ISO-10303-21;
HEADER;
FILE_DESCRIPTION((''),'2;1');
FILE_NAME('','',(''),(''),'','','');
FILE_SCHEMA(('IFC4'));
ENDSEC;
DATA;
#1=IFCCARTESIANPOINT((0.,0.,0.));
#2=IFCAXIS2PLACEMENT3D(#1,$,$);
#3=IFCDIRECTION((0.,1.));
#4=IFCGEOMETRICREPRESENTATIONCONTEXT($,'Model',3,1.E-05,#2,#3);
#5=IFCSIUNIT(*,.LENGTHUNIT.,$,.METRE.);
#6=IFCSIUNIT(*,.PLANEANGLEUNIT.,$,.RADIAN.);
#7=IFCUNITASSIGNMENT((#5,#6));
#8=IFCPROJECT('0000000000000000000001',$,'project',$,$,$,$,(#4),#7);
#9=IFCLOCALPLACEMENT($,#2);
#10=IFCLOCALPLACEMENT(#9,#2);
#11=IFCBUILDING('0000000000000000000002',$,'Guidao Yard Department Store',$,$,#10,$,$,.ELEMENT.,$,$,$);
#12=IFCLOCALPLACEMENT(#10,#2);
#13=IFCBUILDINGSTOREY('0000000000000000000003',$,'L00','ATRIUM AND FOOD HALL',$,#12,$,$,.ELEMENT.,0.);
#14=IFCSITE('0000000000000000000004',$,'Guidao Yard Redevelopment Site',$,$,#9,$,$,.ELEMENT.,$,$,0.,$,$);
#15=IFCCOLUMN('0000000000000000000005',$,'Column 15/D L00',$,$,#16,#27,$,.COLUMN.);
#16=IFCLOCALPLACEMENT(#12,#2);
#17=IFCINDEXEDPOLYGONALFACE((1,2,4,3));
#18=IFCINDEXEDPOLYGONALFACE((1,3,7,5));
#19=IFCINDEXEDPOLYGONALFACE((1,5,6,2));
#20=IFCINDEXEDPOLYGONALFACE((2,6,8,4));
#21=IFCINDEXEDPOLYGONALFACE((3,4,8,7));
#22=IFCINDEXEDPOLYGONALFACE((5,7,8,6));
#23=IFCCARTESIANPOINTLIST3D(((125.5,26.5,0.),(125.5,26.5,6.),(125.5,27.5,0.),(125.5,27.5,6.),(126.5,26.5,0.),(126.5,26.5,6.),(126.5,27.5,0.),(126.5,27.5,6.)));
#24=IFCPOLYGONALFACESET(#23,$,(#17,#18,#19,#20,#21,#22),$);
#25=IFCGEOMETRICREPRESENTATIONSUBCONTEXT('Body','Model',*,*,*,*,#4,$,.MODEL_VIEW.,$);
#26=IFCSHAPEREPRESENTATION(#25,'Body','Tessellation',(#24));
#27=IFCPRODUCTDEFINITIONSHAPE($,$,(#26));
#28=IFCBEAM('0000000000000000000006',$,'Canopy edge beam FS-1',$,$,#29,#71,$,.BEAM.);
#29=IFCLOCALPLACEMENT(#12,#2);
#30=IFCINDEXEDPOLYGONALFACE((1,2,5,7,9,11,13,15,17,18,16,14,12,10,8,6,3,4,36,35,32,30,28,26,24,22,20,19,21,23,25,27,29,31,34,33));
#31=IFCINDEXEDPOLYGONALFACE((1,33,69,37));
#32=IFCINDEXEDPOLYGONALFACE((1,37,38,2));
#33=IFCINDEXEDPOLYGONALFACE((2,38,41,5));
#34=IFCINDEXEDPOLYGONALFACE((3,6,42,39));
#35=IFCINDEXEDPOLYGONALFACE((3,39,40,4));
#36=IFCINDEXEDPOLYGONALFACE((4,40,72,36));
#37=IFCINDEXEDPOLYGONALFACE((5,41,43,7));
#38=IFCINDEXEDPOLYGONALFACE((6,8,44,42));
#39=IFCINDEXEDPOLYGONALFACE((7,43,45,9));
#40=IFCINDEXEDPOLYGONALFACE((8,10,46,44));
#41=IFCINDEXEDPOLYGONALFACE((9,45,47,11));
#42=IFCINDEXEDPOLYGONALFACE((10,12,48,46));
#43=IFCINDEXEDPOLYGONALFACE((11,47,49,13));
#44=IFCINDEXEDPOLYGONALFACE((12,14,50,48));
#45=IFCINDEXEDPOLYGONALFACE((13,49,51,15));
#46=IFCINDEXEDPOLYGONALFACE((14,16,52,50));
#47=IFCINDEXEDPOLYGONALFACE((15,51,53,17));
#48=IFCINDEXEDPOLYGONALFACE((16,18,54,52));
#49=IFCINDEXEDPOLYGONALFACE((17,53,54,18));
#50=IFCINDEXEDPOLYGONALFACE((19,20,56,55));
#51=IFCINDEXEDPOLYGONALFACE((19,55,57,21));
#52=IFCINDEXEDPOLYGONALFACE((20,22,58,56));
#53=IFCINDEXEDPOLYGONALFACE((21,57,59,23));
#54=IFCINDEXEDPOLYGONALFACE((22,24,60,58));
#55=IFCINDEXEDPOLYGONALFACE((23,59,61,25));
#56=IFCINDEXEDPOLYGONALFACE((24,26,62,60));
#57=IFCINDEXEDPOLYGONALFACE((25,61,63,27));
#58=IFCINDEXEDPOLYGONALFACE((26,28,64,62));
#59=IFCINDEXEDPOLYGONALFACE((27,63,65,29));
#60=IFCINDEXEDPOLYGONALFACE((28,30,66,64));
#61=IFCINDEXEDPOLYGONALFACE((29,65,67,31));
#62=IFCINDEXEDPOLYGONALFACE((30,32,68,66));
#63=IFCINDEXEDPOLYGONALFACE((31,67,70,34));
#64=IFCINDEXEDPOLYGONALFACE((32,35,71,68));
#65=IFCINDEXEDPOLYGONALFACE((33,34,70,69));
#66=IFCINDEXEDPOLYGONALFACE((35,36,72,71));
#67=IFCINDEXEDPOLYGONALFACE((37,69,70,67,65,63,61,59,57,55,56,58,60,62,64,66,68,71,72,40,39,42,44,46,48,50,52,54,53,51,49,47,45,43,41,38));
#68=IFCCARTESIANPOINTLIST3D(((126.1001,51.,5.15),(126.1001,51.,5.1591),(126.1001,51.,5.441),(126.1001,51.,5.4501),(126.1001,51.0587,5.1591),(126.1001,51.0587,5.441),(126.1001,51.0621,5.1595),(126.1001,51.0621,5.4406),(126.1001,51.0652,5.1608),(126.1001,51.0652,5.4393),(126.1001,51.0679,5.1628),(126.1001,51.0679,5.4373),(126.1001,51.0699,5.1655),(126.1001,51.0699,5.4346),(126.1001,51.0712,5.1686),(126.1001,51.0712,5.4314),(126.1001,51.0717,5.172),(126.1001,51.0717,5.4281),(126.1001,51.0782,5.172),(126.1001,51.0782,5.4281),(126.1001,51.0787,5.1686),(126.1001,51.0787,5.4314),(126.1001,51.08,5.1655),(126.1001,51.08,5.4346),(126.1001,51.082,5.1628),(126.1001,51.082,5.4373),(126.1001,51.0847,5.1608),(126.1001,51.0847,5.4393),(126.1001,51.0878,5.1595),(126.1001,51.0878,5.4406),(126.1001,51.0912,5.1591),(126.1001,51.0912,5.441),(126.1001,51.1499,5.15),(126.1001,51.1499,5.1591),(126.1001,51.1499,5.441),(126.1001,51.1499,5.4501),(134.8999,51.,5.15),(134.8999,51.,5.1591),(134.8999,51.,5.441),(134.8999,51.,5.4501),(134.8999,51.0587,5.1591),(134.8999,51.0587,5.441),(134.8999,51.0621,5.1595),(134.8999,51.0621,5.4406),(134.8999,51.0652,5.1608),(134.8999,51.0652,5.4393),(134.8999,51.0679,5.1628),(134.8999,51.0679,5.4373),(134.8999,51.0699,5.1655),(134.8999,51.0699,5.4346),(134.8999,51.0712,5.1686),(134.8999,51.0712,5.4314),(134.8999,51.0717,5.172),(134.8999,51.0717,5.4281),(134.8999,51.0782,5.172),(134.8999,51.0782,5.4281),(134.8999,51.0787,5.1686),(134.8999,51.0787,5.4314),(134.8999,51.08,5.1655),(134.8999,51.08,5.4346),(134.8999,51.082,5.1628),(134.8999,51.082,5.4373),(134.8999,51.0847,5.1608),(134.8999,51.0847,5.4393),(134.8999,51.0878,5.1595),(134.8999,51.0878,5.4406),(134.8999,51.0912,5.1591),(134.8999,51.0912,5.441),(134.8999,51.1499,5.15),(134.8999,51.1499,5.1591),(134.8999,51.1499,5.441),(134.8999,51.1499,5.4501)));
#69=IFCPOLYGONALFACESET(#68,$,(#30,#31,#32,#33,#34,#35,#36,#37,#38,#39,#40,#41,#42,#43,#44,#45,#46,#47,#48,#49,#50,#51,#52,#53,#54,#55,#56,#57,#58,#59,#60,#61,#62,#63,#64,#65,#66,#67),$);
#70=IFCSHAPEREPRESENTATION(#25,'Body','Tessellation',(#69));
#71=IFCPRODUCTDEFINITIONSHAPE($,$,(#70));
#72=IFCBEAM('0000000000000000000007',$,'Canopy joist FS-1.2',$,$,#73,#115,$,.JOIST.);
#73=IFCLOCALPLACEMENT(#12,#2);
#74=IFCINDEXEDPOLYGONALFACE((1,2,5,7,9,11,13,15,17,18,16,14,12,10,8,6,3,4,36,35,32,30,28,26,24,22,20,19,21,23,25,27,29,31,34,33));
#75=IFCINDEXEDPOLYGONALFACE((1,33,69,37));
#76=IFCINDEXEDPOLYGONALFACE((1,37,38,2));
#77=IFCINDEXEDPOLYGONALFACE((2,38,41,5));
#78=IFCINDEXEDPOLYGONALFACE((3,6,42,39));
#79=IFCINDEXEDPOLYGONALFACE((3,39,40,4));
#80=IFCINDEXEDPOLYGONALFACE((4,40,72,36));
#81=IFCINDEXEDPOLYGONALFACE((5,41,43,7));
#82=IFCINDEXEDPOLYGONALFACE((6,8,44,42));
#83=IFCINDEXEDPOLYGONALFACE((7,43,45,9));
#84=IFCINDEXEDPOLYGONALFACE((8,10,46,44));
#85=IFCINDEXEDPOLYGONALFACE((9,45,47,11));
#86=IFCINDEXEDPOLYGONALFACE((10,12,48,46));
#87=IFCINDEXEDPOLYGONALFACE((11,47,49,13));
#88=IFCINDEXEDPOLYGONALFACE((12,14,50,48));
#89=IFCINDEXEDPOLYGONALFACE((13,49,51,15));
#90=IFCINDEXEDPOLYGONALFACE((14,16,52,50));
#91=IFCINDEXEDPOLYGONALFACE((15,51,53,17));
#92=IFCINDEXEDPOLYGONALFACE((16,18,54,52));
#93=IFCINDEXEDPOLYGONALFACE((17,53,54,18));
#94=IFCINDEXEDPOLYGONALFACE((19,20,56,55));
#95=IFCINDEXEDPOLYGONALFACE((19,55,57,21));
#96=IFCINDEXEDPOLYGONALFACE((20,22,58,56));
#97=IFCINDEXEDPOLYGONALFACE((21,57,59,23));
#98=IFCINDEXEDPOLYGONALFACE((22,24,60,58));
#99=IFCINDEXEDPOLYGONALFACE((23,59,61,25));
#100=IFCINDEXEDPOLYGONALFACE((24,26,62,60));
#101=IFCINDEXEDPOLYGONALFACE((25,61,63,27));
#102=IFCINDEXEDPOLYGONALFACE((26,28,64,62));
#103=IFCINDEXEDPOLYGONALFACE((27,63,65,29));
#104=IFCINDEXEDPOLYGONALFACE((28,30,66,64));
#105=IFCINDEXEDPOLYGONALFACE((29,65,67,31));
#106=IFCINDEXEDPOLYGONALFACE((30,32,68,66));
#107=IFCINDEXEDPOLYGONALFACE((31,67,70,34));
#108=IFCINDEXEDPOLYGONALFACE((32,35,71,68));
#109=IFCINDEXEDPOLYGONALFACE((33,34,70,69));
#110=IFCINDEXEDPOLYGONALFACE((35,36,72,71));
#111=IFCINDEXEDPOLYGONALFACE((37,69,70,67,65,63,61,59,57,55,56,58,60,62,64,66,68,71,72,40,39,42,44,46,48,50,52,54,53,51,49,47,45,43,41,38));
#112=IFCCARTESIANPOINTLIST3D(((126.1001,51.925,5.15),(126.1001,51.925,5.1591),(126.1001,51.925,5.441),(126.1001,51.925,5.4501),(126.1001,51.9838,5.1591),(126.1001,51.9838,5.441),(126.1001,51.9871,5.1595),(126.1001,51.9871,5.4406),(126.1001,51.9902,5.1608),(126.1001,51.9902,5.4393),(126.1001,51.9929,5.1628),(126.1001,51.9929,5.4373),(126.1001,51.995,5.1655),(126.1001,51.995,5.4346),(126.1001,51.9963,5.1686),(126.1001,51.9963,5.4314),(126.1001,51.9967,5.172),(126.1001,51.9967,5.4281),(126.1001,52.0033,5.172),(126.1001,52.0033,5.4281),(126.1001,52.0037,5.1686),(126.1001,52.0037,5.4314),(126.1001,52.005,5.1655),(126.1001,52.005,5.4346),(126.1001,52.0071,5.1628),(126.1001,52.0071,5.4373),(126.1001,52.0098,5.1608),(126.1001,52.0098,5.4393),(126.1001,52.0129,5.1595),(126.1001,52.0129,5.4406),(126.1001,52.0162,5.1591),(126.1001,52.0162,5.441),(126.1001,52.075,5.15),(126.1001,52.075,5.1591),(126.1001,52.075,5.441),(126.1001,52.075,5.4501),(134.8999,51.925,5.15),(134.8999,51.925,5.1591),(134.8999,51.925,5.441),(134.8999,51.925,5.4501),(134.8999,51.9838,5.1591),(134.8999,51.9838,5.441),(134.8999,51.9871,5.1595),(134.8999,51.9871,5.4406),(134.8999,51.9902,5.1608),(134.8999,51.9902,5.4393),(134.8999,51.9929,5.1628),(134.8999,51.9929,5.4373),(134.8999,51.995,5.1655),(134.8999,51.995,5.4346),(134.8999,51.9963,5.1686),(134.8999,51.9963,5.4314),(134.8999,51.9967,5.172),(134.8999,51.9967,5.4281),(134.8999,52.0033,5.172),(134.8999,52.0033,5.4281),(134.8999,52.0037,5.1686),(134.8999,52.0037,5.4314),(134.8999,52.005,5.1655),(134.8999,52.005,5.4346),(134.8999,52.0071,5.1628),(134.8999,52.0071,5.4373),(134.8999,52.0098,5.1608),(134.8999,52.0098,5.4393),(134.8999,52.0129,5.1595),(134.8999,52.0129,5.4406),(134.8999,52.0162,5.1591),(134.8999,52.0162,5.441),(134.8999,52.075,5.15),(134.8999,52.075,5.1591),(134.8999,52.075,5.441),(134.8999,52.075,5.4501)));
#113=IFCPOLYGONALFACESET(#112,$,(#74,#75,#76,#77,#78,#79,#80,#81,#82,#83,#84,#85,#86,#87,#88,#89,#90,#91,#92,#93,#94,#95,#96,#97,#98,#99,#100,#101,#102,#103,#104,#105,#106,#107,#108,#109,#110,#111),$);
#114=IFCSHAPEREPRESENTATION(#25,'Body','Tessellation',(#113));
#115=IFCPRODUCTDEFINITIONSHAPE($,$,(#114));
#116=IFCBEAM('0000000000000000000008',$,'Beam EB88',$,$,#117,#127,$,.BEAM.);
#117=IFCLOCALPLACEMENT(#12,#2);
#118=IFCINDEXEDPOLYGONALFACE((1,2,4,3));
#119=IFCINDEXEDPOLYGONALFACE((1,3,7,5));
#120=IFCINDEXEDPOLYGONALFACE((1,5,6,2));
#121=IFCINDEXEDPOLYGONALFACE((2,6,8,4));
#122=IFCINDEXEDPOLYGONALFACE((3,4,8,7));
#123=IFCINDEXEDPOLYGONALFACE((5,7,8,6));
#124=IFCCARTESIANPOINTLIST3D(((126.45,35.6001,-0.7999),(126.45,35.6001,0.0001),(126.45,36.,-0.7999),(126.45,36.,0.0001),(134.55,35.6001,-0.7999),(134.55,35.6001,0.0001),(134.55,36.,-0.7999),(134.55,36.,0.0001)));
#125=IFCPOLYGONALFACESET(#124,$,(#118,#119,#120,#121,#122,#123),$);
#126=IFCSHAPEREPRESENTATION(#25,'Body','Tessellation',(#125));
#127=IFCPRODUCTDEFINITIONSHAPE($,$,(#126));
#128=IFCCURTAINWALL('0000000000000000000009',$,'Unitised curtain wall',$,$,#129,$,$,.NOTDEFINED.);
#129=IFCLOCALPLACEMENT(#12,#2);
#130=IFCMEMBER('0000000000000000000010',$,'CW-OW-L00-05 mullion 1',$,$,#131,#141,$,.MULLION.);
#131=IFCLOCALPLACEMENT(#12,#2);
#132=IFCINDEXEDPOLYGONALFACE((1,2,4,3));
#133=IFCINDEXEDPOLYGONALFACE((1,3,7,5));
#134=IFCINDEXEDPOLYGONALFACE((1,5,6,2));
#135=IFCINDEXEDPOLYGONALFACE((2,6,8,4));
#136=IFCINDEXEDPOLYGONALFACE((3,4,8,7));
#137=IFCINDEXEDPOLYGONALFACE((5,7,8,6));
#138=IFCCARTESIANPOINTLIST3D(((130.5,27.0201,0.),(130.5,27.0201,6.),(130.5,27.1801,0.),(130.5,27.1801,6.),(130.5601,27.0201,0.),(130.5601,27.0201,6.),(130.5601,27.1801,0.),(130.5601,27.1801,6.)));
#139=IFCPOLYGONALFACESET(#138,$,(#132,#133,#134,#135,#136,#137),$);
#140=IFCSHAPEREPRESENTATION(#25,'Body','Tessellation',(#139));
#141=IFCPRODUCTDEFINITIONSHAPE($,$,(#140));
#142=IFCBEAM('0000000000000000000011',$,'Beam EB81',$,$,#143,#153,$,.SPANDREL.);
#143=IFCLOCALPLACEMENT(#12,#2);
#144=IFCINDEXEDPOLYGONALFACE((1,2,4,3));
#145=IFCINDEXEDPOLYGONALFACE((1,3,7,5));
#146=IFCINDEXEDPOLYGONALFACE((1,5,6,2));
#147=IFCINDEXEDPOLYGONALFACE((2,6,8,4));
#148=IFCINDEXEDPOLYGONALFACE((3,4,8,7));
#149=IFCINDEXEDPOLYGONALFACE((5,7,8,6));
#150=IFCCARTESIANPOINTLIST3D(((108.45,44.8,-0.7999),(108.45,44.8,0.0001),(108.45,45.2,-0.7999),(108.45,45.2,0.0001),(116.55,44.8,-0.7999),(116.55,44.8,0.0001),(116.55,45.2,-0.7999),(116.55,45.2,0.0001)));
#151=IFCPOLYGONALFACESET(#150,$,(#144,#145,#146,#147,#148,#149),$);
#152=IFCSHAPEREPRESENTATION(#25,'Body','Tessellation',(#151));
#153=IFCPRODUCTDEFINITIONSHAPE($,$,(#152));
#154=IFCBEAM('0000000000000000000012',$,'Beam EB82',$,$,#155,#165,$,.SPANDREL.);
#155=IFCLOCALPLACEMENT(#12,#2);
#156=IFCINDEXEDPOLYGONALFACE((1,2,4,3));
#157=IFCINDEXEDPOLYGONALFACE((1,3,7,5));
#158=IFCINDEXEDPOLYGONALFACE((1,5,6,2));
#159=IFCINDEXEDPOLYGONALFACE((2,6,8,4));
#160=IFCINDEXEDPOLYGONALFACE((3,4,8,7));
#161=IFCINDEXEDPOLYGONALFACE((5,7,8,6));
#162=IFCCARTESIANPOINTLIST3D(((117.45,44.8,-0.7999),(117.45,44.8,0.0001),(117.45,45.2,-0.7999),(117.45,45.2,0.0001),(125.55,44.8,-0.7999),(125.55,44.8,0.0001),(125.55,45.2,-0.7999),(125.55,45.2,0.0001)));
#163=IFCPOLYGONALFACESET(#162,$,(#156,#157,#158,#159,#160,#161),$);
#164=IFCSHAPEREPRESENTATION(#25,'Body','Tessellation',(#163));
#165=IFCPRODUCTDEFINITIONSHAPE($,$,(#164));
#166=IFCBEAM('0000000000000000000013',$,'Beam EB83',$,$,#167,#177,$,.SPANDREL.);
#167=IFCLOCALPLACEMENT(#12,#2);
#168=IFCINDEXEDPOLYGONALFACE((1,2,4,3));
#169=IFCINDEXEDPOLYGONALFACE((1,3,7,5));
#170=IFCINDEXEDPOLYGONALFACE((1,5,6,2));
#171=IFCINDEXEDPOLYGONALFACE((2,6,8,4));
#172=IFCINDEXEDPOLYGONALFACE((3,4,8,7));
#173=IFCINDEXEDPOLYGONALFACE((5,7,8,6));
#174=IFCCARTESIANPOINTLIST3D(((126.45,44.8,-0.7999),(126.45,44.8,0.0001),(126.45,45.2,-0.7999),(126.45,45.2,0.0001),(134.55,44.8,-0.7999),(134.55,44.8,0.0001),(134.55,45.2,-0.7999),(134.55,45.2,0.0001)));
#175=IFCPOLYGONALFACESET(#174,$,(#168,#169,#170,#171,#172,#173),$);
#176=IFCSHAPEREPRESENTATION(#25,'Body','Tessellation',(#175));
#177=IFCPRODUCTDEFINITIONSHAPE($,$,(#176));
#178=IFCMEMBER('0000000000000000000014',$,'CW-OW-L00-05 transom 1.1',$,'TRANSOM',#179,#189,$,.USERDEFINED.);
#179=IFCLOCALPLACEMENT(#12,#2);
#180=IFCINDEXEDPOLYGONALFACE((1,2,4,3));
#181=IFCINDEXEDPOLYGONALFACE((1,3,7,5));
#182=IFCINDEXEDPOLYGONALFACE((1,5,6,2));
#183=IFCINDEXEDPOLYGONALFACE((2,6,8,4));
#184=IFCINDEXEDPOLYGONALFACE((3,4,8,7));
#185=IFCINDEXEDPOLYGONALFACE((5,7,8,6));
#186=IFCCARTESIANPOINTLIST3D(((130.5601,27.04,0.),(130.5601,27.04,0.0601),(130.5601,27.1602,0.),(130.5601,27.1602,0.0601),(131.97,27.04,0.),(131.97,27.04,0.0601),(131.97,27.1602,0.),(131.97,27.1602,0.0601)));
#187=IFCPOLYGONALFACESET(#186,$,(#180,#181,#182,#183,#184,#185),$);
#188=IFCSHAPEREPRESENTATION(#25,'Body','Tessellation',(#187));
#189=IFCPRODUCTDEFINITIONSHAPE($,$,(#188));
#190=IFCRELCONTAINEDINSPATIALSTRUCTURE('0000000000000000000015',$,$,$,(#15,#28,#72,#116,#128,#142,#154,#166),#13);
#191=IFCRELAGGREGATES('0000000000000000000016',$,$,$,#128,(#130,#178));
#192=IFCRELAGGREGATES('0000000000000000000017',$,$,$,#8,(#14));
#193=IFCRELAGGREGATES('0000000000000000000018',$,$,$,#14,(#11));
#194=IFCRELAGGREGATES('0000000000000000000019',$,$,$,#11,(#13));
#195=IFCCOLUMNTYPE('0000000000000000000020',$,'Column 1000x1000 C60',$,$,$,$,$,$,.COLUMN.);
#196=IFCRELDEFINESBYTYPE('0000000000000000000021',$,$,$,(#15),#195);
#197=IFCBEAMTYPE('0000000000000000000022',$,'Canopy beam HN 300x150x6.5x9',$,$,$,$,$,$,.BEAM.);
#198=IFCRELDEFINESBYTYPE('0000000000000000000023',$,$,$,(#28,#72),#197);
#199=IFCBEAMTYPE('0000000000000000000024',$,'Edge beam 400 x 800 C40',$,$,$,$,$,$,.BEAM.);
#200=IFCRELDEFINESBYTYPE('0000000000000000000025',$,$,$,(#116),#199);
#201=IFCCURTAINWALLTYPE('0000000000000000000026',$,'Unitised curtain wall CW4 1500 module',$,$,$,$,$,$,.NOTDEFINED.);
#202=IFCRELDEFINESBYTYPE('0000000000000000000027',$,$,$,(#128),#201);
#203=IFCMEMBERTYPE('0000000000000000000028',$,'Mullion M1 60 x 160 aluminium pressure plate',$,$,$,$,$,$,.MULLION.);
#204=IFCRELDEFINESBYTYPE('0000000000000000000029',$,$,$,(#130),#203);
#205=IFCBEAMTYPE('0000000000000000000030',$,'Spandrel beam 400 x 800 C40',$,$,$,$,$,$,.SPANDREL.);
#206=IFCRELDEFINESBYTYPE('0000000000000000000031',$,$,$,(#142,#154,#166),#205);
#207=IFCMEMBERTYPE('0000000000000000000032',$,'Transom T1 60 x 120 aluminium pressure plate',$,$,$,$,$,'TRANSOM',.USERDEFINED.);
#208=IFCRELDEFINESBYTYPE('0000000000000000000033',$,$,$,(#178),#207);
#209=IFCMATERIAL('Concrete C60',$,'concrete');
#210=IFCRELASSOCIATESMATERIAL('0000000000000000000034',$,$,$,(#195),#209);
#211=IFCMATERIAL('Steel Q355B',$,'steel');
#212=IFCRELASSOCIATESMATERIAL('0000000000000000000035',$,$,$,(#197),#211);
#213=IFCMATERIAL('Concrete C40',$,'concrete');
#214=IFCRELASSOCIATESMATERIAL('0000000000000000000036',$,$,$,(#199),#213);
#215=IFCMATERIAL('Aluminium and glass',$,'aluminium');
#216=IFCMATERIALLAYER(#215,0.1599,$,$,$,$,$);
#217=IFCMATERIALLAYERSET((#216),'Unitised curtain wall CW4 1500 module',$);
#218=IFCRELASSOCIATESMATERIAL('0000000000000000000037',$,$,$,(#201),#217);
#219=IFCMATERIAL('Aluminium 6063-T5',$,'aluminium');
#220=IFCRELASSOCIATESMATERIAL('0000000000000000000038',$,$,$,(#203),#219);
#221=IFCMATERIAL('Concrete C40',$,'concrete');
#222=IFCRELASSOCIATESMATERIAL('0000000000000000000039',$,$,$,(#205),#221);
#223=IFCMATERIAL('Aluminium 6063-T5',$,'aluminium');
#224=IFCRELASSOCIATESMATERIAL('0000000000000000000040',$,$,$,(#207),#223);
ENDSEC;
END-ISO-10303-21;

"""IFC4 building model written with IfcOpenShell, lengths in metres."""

from ifc_helpers import new_model, si_unit, direction, frame, origin, origin_2d, place, context, subcontext, project, spatial, rectangle, i_section, extrude, material, layer, layer_set, material_profile, profile_set, type_object, element, aggregate, save


model = new_model("IFC4")

# Units and contexts
model_context = context("Model", 3, precision=1e-05, world=origin(), true_north=direction((0.0, 1.0)))
body_context = subcontext(model_context, "Body", "Model", "MODEL_VIEW")
ifc_project = project(units=[si_unit("LENGTHUNIT", "METRE"), si_unit("PLANEANGLEUNIT", "RADIAN")], contexts=[model_context])

# Site, building, storey
site_placement = place(None, origin())
site = spatial("IfcSite", under=ifc_project, at=site_placement, Name="Guidao Yard Redevelopment Site", CompositionType="ELEMENT", RefElevation=0.0)
building_placement = place(site_placement, origin())
building = spatial("IfcBuilding", under=site, at=building_placement, Name="Guidao Yard Department Store", CompositionType="ELEMENT")
storey_placement = place(building_placement, origin())
storey = spatial("IfcBuildingStorey", under=building, at=storey_placement, Name="L00", Description="ATRIUM AND FOOD HALL", CompositionType="ELEMENT", Elevation=0.0)

# Column
ifc_material_1 = material(Name="Concrete C60", Category="concrete")
ifc_material_profile_1 = material_profile(ifc_material_1, rectangle(XDim=1.0, YDim=1.0, at=origin_2d()), Name="COL 1000x1000")
ifc_profile_set_1 = profile_set([ifc_material_profile_1], Name="Concrete C60")
column_type = type_object("IfcColumnType", Name="Column 1000x1000 C60", PredefinedType="COLUMN", material=ifc_profile_set_1)
column_placement = place(storey_placement, frame((126.0, 27.0, 0.0), z_axis=(0.0, 0.0, 1.0), x_axis=(1.0, 0.0, 0.0)))
element("IfcColumn", 1, at=column_placement, inside=storey, type_object=column_type, Name="Column 15/D L00", PredefinedType="COLUMN", context=body_context, shape_type="SweptSolid", body=[
    extrude(rectangle(XDim=1.0, YDim=1.0, at=origin_2d()), origin(), (0.0, 0.0, 1.0), 6.0),
])

# Beams
ifc_material_2 = material(Name="Steel Q355B", Category="steel")
ifc_material_profile_2 = material_profile(ifc_material_2, i_section(OverallWidth=0.1499, OverallDepth=0.3, WebThickness=0.0066, FlangeThickness=0.009, FilletRadius=0.0129, at=origin_2d()), Name="HN 300x150x6.5x9")
ifc_profile_set_2 = profile_set([ifc_material_profile_2], Name="Steel Q355B")
beam_type_1 = type_object("IfcBeamType", Name="Canopy beam HN 300x150x6.5x9", PredefinedType="BEAM", material=ifc_profile_set_2)
beam_1_placement = place(storey_placement, frame((126.1001, 51.075, 5.3), z_axis=(1.0, 0.0, 0.0), x_axis=(0.0, 1.0, 0.0)))
element("IfcBeam", 2, at=beam_1_placement, inside=storey, type_object=beam_type_1, Name="Canopy edge beam FS-1", PredefinedType="BEAM", context=body_context, shape_type="SweptSolid", body=[
    extrude(i_section(OverallWidth=0.1499, OverallDepth=0.3, WebThickness=0.0066, FlangeThickness=0.009, FilletRadius=0.0129, at=origin_2d()), origin(), (0.0, 0.0, 1.0), 8.7998),
])
beam_2_placement = place(storey_placement, frame((126.1001, 52.0, 5.3), z_axis=(1.0, 0.0, 0.0), x_axis=(0.0, 1.0, 0.0)))
element("IfcBeam", 3, at=beam_2_placement, inside=storey, type_object=beam_type_1, Name="Canopy joist FS-1.2", PredefinedType="JOIST", context=body_context, shape_type="SweptSolid", body=[
    extrude(i_section(OverallWidth=0.1499, OverallDepth=0.3, WebThickness=0.0066, FlangeThickness=0.009, FilletRadius=0.0129, at=origin_2d()), origin(), (0.0, 0.0, 1.0), 8.7998),
])
ifc_material_3 = material(Name="Concrete C40", Category="concrete")
ifc_material_profile_3 = material_profile(ifc_material_3, rectangle(XDim=0.3999, YDim=0.8, at=origin_2d()), Name="Edge beam 400 x 800 C40")
ifc_profile_set_3 = profile_set([ifc_material_profile_3], Name="Concrete C40")
beam_type_2 = type_object("IfcBeamType", Name="Edge beam 400 x 800 C40", PredefinedType="BEAM", material=ifc_profile_set_3)
beam_3_placement = place(storey_placement, frame((126.45, 35.8, -0.3999), z_axis=(1.0, 0.0, 0.0), x_axis=(0.0, 1.0, 0.0)))
element("IfcBeam", 4, at=beam_3_placement, inside=storey, type_object=beam_type_2, Name="Beam EB88", PredefinedType="BEAM", context=body_context, shape_type="SweptSolid", body=[
    extrude(rectangle(XDim=0.3999, YDim=0.8, at=origin_2d()), origin(), (0.0, 0.0, 1.0), 8.1001),
])

# Curtain wall, member
ifc_material_4 = material(Name="Aluminium and glass", Category="aluminium")
ifc_layer_1 = layer(ifc_material_4, 0.1599)
ifc_layer_set_1 = layer_set([ifc_layer_1], Name="Unitised curtain wall CW4 1500 module")
curtain_wall_type = type_object("IfcCurtainWallType", Name="Unitised curtain wall CW4 1500 module", PredefinedType="NOTDEFINED", material=ifc_layer_set_1)
curtain_wall_placement = place(storey_placement, origin())
curtain_wall = element("IfcCurtainWall", 5, at=curtain_wall_placement, inside=storey, type_object=curtain_wall_type, Name="Unitised curtain wall", PredefinedType="NOTDEFINED")
ifc_material_5 = material(Name="Aluminium 6063-T5", Category="aluminium")
ifc_material_profile_4 = material_profile(ifc_material_5, rectangle(XDim=0.0601, YDim=0.1599, at=origin_2d()), Name="Mullion M1 60 x 160 aluminium pressure plate")
ifc_profile_set_4 = profile_set([ifc_material_profile_4], Name="Aluminium 6063-T5")
member_type_1 = type_object("IfcMemberType", Name="Mullion M1 60 x 160 aluminium pressure plate", PredefinedType="MULLION", material=ifc_profile_set_4)
member_1_placement = place(storey_placement, frame((130.53, 27.1001, 0.0), z_axis=(0.0, 0.0, 1.0), x_axis=(1.0, 0.0, 0.0)))
member_1 = element("IfcMember", 6, at=member_1_placement, type_object=member_type_1, Name="CW-OW-L00-05 mullion 1", PredefinedType="MULLION", context=body_context, shape_type="SweptSolid", body=[
    extrude(rectangle(XDim=0.0601, YDim=0.1599, at=origin_2d()), origin(), (0.0, 0.0, 1.0), 6.0),
])

# Beams
ifc_material_6 = material(Name="Concrete C40", Category="concrete")
ifc_material_profile_5 = material_profile(ifc_material_6, rectangle(XDim=0.3999, YDim=0.8, at=origin_2d()), Name="Spandrel beam 400 x 800 C40")
ifc_profile_set_5 = profile_set([ifc_material_profile_5], Name="Concrete C40")
beam_type_3 = type_object("IfcBeamType", Name="Spandrel beam 400 x 800 C40", PredefinedType="SPANDREL", material=ifc_profile_set_5)
for number, where, z_axis, x_axis, name in (
    (7, (108.45, 45.0, -0.3999), (1.0, 0.0, 0.0), (0.0, 1.0, 0.0), "Beam EB81"),
    (8, (117.45, 45.0, -0.3999), (1.0, 0.0, 0.0), (0.0, 1.0, 0.0), "Beam EB82"),
    (9, (126.45, 45.0, -0.3999), (1.0, 0.0, 0.0), (0.0, 1.0, 0.0), "Beam EB83"),
):
    element("IfcBeam", number, at=place(storey_placement, frame(where, z_axis=z_axis, x_axis=x_axis)), inside=storey, type_object=beam_type_3, Name=name, PredefinedType="SPANDREL", context=body_context, shape_type="SweptSolid", body=[
        extrude(rectangle(XDim=0.3999, YDim=0.8, at=origin_2d()), origin(), (0.0, 0.0, 1.0), 8.1001),
    ])

# Member
ifc_material_7 = material(Name="Aluminium 6063-T5", Category="aluminium")
ifc_material_profile_6 = material_profile(ifc_material_7, rectangle(XDim=0.1201, YDim=0.0601, at=origin_2d()), Name="Transom T1 60 x 120 aluminium pressure plate")
ifc_profile_set_6 = profile_set([ifc_material_profile_6], Name="Aluminium 6063-T5")
member_type_2 = type_object("IfcMemberType", Name="Transom T1 60 x 120 aluminium pressure plate", ElementType="TRANSOM", PredefinedType="USERDEFINED", material=ifc_profile_set_6)
member_2_placement = place(storey_placement, frame((130.5601, 27.1001, 0.03), z_axis=(1.0, 0.0, 0.0), x_axis=(0.0, 1.0, 0.0)))
member_2 = element("IfcMember", 10, at=member_2_placement, type_object=member_type_2, Name="CW-OW-L00-05 transom 1.1", ObjectType="TRANSOM", PredefinedType="USERDEFINED", context=body_context, shape_type="SweptSolid", body=[
    extrude(rectangle(XDim=0.1201, YDim=0.0601, at=origin_2d()), origin(), (0.0, 0.0, 1.0), 1.4099),
])
aggregate(curtain_wall, [member_1, member_2])

save(model, "model.ifc")
